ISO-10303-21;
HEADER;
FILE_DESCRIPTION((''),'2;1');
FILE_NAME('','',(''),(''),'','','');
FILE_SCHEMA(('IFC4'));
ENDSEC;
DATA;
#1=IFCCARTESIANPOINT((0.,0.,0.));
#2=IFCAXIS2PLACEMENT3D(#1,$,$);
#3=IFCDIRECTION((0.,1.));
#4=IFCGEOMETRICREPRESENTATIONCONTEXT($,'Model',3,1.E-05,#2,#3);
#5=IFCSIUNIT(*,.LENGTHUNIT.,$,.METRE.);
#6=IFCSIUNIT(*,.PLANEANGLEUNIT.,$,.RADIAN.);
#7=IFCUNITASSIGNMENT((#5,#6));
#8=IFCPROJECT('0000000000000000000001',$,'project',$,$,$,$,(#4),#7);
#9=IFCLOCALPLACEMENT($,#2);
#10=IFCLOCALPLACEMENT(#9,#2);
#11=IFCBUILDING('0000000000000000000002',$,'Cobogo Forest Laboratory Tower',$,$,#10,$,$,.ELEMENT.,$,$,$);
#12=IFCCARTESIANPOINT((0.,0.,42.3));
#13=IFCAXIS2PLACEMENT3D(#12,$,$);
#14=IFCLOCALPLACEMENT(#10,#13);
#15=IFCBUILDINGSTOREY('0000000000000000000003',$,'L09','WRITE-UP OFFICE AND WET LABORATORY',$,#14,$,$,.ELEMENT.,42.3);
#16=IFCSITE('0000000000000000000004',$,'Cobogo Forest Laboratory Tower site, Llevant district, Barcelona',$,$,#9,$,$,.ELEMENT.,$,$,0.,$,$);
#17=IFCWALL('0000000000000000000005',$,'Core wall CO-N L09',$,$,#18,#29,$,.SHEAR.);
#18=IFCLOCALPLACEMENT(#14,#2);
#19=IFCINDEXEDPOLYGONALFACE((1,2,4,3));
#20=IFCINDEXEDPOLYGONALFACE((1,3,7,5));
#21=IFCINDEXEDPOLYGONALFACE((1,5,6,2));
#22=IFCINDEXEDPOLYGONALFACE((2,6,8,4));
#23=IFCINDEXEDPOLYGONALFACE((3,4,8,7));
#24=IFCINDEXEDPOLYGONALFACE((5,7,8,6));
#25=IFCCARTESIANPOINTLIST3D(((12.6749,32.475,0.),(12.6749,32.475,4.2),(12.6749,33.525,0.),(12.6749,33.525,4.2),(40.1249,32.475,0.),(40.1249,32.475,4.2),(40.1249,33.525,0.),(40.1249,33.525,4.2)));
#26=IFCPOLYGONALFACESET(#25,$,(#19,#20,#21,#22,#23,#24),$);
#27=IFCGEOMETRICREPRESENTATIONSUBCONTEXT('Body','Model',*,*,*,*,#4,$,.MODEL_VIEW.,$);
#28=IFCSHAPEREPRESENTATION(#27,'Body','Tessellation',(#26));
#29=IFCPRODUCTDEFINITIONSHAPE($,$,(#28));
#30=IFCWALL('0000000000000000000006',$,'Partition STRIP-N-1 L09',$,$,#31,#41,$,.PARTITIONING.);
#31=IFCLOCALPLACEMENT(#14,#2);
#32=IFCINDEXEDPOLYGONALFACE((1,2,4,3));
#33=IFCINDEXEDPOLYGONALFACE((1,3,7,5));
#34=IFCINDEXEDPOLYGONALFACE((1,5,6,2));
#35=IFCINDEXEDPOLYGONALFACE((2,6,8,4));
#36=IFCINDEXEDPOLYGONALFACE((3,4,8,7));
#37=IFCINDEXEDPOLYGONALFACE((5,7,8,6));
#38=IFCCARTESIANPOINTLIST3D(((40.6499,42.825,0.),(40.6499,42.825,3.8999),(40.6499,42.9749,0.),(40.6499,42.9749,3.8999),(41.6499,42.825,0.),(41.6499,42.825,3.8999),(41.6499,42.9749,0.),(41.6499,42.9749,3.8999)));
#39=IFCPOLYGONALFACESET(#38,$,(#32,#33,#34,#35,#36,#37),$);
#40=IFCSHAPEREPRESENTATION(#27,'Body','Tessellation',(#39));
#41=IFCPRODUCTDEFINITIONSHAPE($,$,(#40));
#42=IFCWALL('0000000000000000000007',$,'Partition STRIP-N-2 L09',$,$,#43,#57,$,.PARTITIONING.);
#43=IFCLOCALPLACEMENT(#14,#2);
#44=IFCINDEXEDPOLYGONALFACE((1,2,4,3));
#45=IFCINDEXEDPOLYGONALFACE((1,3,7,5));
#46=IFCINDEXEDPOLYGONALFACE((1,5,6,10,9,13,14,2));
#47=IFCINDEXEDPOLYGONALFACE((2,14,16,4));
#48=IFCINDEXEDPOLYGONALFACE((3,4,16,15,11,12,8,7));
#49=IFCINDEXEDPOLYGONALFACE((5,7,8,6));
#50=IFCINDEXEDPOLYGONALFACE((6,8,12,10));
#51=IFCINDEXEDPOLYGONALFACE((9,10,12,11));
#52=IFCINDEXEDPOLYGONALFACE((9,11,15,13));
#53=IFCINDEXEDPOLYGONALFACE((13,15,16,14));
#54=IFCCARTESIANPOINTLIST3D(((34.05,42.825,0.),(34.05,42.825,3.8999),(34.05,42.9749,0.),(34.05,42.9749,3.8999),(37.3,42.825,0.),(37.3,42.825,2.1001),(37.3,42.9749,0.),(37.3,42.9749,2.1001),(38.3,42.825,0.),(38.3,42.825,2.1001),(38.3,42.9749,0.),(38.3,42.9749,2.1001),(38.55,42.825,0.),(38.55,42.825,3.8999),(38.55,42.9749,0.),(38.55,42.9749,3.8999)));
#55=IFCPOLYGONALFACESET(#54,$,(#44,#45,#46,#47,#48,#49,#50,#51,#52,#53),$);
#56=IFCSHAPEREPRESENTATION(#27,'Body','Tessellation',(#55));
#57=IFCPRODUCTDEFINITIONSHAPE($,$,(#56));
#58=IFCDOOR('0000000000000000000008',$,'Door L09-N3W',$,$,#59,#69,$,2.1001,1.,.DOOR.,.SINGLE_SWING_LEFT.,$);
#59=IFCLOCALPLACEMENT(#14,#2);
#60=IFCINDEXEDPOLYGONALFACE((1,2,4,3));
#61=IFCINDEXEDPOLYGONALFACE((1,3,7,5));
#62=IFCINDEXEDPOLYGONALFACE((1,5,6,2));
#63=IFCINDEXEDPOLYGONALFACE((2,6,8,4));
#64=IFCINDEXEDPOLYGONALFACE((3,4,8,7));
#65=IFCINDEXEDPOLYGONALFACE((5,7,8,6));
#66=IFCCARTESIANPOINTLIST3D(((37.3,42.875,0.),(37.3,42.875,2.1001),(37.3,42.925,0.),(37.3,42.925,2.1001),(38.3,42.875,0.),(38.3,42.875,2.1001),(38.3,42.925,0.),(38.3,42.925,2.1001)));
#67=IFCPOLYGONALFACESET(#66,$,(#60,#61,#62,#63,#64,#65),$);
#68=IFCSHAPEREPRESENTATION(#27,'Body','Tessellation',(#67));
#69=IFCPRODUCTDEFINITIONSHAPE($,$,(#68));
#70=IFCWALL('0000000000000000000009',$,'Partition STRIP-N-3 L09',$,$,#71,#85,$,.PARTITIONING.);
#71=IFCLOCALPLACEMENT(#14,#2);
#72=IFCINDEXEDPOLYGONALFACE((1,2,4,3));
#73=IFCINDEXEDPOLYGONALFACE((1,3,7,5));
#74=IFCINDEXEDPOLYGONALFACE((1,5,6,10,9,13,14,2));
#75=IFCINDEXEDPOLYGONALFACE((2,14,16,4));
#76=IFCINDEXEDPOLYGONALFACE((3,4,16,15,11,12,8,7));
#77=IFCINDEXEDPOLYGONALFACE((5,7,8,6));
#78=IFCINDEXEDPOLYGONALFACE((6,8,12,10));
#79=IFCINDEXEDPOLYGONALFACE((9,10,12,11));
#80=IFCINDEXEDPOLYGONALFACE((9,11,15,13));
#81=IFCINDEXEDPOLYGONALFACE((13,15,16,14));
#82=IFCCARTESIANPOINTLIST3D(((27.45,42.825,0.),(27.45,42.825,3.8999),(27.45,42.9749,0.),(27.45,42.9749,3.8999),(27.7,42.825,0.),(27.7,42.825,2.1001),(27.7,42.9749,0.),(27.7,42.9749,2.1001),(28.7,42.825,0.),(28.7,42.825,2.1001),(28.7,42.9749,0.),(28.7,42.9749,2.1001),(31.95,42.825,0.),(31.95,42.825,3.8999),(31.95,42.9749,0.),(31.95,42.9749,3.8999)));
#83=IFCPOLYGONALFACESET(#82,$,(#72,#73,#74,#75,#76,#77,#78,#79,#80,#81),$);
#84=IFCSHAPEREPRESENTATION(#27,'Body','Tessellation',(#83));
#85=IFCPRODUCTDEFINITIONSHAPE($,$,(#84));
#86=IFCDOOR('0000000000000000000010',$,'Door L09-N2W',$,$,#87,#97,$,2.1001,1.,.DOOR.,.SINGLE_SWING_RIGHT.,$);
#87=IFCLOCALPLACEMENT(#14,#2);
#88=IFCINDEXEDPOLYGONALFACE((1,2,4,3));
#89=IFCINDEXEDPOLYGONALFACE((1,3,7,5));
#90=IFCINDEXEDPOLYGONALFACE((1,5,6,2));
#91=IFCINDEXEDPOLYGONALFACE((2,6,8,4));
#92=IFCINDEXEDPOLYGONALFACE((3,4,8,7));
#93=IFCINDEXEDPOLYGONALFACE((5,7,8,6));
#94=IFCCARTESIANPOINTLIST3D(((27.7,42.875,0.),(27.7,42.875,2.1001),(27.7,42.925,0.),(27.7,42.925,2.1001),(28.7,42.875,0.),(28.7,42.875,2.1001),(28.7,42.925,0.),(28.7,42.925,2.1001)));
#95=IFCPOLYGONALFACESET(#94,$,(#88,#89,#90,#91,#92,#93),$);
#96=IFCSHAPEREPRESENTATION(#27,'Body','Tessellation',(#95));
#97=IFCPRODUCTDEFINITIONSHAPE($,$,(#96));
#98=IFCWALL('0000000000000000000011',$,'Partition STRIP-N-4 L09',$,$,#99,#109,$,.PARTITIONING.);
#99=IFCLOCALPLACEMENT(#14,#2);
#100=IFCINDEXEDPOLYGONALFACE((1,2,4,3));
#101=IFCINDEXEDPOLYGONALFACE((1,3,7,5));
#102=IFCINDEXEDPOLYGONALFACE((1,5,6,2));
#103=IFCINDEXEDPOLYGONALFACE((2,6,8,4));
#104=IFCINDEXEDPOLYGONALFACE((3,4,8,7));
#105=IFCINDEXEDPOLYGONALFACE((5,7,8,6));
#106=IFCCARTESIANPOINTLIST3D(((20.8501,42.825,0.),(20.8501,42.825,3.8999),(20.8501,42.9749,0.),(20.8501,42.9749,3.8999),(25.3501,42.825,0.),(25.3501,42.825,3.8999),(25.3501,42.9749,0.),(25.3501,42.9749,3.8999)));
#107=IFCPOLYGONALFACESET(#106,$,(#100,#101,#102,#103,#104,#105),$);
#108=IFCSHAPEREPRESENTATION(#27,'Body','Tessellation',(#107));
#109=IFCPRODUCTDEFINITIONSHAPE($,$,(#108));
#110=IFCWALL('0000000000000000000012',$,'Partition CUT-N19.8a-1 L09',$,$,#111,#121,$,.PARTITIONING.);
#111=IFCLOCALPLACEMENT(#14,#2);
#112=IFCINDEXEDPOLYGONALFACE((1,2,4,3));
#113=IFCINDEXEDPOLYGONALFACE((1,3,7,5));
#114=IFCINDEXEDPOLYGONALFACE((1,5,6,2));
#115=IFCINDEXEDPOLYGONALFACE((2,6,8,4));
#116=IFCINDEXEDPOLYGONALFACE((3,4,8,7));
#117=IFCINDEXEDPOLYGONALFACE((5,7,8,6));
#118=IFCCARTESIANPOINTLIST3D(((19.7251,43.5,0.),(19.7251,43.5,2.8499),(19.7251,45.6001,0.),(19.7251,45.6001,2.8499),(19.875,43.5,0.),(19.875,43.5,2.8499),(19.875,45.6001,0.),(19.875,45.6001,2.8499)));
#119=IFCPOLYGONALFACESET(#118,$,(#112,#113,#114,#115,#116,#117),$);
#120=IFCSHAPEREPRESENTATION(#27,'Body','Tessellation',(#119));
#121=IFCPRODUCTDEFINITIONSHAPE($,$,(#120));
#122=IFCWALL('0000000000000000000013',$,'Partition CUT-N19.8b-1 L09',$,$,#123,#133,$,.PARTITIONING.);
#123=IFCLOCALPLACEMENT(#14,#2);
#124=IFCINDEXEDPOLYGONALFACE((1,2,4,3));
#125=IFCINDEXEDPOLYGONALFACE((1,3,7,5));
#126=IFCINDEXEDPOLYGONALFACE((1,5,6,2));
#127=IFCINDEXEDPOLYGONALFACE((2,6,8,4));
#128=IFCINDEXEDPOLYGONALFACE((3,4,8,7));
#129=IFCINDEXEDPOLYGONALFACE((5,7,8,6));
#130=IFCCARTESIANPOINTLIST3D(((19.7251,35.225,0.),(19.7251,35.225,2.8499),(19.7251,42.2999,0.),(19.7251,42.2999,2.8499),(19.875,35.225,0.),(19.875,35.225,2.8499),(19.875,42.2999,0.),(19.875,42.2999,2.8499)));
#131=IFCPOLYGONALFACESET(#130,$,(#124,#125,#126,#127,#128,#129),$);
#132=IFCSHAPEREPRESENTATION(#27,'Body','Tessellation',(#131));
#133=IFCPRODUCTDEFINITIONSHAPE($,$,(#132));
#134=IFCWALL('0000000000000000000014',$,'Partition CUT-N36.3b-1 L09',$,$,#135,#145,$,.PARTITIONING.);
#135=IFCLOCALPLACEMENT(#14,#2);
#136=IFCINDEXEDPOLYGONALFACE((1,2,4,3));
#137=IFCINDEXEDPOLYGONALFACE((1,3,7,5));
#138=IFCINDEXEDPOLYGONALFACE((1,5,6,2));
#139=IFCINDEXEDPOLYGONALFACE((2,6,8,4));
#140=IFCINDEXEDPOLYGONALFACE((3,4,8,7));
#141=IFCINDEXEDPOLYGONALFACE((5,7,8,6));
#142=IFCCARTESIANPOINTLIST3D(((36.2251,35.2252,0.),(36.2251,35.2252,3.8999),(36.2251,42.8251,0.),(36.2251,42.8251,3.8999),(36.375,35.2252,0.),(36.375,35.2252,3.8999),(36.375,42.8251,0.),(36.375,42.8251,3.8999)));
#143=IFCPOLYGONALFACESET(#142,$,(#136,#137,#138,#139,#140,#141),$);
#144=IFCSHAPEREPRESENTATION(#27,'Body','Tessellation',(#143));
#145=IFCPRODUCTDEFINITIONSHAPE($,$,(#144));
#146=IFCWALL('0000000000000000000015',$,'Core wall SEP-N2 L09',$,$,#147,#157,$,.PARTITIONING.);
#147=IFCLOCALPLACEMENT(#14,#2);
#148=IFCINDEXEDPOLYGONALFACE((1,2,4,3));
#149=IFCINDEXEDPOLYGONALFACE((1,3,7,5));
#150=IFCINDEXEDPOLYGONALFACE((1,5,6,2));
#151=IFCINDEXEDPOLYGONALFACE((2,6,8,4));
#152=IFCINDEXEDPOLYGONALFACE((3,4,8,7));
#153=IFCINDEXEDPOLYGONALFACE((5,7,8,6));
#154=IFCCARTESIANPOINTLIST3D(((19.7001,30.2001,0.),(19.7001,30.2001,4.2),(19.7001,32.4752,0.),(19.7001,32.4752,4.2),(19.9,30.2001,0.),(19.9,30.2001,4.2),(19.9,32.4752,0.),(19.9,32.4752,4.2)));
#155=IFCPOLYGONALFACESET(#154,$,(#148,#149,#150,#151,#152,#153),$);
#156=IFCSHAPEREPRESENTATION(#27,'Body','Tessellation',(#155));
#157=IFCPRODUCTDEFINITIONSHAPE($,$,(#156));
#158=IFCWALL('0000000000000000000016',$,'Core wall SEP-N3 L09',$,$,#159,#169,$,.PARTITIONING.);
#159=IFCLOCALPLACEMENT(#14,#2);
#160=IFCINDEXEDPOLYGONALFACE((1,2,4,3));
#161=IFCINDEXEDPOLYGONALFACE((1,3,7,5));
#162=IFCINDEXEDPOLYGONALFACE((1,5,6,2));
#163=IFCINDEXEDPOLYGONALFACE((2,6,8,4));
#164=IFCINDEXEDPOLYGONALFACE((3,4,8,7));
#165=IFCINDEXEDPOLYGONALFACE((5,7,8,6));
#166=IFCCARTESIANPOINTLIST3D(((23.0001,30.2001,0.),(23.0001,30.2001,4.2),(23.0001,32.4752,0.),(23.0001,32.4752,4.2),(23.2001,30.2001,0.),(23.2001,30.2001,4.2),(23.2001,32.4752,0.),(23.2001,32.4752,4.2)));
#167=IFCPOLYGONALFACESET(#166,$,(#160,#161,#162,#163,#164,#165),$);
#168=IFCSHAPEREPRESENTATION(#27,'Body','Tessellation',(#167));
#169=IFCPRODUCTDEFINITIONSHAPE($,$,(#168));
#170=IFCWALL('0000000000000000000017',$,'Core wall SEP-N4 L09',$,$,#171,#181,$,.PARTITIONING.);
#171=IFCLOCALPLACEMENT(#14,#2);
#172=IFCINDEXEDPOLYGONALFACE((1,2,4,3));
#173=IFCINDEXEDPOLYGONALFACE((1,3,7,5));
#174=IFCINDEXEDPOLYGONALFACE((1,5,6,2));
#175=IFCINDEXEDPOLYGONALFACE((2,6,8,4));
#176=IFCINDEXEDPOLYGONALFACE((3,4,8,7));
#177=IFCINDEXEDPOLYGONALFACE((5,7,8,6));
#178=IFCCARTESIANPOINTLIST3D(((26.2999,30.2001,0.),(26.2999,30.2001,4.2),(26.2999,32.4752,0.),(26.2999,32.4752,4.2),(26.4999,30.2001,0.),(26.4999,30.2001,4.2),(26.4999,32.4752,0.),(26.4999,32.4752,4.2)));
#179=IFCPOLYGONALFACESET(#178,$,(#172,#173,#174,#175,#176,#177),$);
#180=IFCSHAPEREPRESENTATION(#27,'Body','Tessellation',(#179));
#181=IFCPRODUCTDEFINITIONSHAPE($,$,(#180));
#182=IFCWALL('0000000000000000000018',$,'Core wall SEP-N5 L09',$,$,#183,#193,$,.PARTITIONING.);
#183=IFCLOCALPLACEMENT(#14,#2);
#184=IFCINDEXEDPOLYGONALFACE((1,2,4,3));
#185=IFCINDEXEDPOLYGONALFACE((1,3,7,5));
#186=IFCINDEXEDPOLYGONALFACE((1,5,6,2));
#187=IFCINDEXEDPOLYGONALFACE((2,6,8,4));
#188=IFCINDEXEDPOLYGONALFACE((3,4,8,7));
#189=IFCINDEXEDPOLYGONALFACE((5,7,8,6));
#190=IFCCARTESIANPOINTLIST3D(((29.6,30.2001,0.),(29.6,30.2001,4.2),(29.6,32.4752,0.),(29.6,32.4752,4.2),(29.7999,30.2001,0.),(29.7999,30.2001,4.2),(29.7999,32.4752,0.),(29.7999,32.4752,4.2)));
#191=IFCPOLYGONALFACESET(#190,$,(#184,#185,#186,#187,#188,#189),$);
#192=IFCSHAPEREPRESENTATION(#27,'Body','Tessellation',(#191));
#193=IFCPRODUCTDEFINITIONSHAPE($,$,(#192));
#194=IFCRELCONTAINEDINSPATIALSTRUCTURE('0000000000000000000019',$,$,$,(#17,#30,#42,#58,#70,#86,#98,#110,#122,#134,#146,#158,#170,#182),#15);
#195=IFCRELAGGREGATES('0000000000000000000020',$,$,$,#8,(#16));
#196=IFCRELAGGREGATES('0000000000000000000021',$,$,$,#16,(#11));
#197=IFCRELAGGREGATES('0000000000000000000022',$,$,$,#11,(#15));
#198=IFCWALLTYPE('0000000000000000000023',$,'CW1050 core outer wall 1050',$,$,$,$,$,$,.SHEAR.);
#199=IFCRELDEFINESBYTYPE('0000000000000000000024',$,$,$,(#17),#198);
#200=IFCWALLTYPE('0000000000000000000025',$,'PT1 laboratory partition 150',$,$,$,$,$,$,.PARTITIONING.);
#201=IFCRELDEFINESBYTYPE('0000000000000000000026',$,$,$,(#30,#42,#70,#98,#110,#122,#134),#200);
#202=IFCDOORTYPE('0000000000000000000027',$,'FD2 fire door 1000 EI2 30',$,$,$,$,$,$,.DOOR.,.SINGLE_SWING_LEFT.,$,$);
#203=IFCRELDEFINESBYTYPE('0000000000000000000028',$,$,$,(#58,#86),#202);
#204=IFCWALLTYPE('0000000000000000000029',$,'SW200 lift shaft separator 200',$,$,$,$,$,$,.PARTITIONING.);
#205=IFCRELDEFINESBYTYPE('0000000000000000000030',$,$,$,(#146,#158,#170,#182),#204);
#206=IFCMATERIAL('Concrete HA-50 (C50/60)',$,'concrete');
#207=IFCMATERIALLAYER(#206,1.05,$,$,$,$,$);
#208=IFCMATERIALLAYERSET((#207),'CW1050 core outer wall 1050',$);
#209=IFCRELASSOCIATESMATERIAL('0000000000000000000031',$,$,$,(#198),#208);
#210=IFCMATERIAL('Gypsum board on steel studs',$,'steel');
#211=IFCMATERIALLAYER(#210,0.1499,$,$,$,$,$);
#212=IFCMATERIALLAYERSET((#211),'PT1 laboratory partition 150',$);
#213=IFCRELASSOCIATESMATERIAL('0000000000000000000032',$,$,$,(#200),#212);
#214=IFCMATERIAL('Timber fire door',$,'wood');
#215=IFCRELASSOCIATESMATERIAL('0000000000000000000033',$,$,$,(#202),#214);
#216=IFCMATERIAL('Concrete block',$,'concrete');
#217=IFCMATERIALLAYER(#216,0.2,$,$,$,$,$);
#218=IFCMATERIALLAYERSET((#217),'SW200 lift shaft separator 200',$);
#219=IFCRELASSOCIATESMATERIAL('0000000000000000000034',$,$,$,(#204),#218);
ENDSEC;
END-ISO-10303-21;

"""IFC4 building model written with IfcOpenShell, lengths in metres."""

from ifc_helpers import new_model, si_unit, direction, frame, frame_2d, origin, place, context, subcontext, project, spatial, rectangle, extrude, material, layer, layer_set, type_object, element, fill, save


model = new_model("IFC4")

# Units and contexts
model_context = context("Model", 3, precision=1e-05, world=origin(), true_north=direction((0.0, 1.0)))
body_context = subcontext(model_context, "Body", "Model", "MODEL_VIEW")
ifc_project = project(units=[si_unit("LENGTHUNIT", "METRE"), si_unit("PLANEANGLEUNIT", "RADIAN")], contexts=[model_context])

# Site, building, storey
site_placement = place(None, origin())
site = spatial("IfcSite", under=ifc_project, at=site_placement, Name="Cobogo Forest Laboratory Tower site, Llevant district, Barcelona", CompositionType="ELEMENT", RefElevation=0.0)
building_placement = place(site_placement, origin())
building = spatial("IfcBuilding", under=site, at=building_placement, Name="Cobogo Forest Laboratory Tower", CompositionType="ELEMENT")
storey_placement = place(building_placement, frame((0.0, 0.0, 42.3)))
storey = spatial("IfcBuildingStorey", under=building, at=storey_placement, Name="L09", Description="WRITE-UP OFFICE AND WET LABORATORY", CompositionType="ELEMENT", Elevation=42.3)

# Shared definitions
ifc_material_1 = material(Name="Concrete HA-50 (C50/60)", Category="concrete")

# Walls
ifc_layer_1 = layer(ifc_material_1, 1.05)
ifc_layer_set_1 = layer_set([ifc_layer_1], Name="CW1050 core outer wall 1050")
wall_type_1 = type_object("IfcWallType", Name="CW1050 core outer wall 1050", PredefinedType="SHEAR", material=ifc_layer_set_1)
wall_1_placement = place(storey_placement, frame((40.125, 33.0, 0.0), z_axis=(0.0, 0.0, 1.0), x_axis=(-1.0, 0.0, 0.0)))
element("IfcWall", 1, at=wall_1_placement, inside=storey, type_object=wall_type_1, Name="Core wall CO-N L09", PredefinedType="SHEAR", context=body_context, shape_type="SweptSolid", body=[
    extrude(rectangle(XDim=27.45, YDim=1.05, at=frame_2d((13.7251, 0.0))), origin(), (0.0, 0.0, 1.0), 4.2),
])
ifc_material_2 = material(Name="Gypsum board on steel studs", Category="steel")
ifc_layer_2 = layer(ifc_material_2, 0.1499)
ifc_layer_set_2 = layer_set([ifc_layer_2], Name="PT1 laboratory partition 150")
wall_type_2 = type_object("IfcWallType", Name="PT1 laboratory partition 150", PredefinedType="PARTITIONING", material=ifc_layer_set_2)
wall_2_placement = place(storey_placement, frame((41.6499, 42.8999, 0.0), z_axis=(0.0, 0.0, 1.0), x_axis=(-1.0, 0.0, 0.0)))
element("IfcWall", 2, at=wall_2_placement, inside=storey, type_object=wall_type_2, Name="Partition STRIP-N-1 L09", PredefinedType="PARTITIONING", context=body_context, shape_type="SweptSolid", body=[
    extrude(rectangle(XDim=1.0, YDim=0.1499, at=frame_2d((0.5, 0.0))), origin(), (0.0, 0.0, 1.0), 3.8999),
])

# Walls, openings, doors
wall_3_placement = place(storey_placement, frame((38.55, 42.8999, 0.0), z_axis=(0.0, 0.0, 1.0), x_axis=(-1.0, 0.0, 0.0)))
wall_3 = element("IfcWall", 3, at=wall_3_placement, inside=storey, type_object=wall_type_2, Name="Partition STRIP-N-2 L09", PredefinedType="PARTITIONING", context=body_context, shape_type="SweptSolid", body=[
    extrude(rectangle(XDim=4.5, YDim=0.1499, at=frame_2d((2.25, 0.0))), origin(), (0.0, 0.0, 1.0), 3.8999),
])
opening_1_placement = place(wall_3_placement, frame((0.25, 0.0, 0.0)))
opening_1 = element("IfcOpeningElement", 4, at=opening_1_placement, cuts=wall_3, PredefinedType="OPENING", context=body_context, shape_type="SweptSolid", body=[
    extrude(rectangle(XDim=1.0, YDim=2.1001, at=frame_2d((0.5, 1.05))), frame((0.0, 0.085, 0.0), z_axis=(0.0, -1.0, 0.0), x_axis=(1.0, 0.0, 0.0)), (0.0, 0.0, 1.0), 0.1699),
])
ifc_material_3 = material(Name="Timber fire door", Category="wood")
door_type = type_object("IfcDoorType", Name="FD2 fire door 1000 EI2 30", OperationType="SINGLE_SWING_LEFT", PredefinedType="DOOR", material=ifc_material_3)
door_1_placement = place(opening_1_placement, origin())
door_1 = element("IfcDoor", 5, at=door_1_placement, inside=storey, type_object=door_type, Name="Door L09-N3W", OperationType="SINGLE_SWING_LEFT", OverallHeight=2.1001, OverallWidth=1.0, PredefinedType="DOOR", context=body_context, shape_type="SweptSolid", body=[
    extrude(rectangle(XDim=1.0, YDim=2.1001, at=frame_2d((0.5, 1.05))), frame((0.0, 0.0249, 0.0), z_axis=(0.0, -1.0, 0.0), x_axis=(1.0, 0.0, 0.0)), (0.0, 0.0, 1.0), 0.05),
])
fill(opening_1, door_1)
wall_4_placement = place(storey_placement, frame((31.95, 42.8999, 0.0), z_axis=(0.0, 0.0, 1.0), x_axis=(-1.0, 0.0, 0.0)))
wall_4 = element("IfcWall", 6, at=wall_4_placement, inside=storey, type_object=wall_type_2, Name="Partition STRIP-N-3 L09", PredefinedType="PARTITIONING", context=body_context, shape_type="SweptSolid", body=[
    extrude(rectangle(XDim=4.5, YDim=0.1499, at=frame_2d((2.25, 0.0))), origin(), (0.0, 0.0, 1.0), 3.8999),
])
opening_2_placement = place(wall_4_placement, frame((3.25, 0.0, 0.0)))
opening_2 = element("IfcOpeningElement", 7, at=opening_2_placement, cuts=wall_4, PredefinedType="OPENING", context=body_context, shape_type="SweptSolid", body=[
    extrude(rectangle(XDim=1.0, YDim=2.1001, at=frame_2d((0.5, 1.05))), frame((0.0, 0.085, 0.0), z_axis=(0.0, -1.0, 0.0), x_axis=(1.0, 0.0, 0.0)), (0.0, 0.0, 1.0), 0.1699),
])
door_2_placement = place(opening_2_placement, origin())
door_2 = element("IfcDoor", 8, at=door_2_placement, inside=storey, type_object=door_type, Name="Door L09-N2W", OperationType="SINGLE_SWING_RIGHT", OverallHeight=2.1001, OverallWidth=1.0, PredefinedType="DOOR", context=body_context, shape_type="SweptSolid", body=[
    extrude(rectangle(XDim=1.0, YDim=2.1001, at=frame_2d((0.5, 1.05))), frame((0.0, 0.0249, 0.0), z_axis=(0.0, -1.0, 0.0), x_axis=(1.0, 0.0, 0.0)), (0.0, 0.0, 1.0), 0.05),
])
fill(opening_2, door_2)

# Walls
wall_5_placement = place(storey_placement, frame((25.3501, 42.8999, 0.0), z_axis=(0.0, 0.0, 1.0), x_axis=(-1.0, 0.0, 0.0)))
element("IfcWall", 9, at=wall_5_placement, inside=storey, type_object=wall_type_2, Name="Partition STRIP-N-4 L09", PredefinedType="PARTITIONING", context=body_context, shape_type="SweptSolid", body=[
    extrude(rectangle(XDim=4.5, YDim=0.1499, at=frame_2d((2.25, 0.0))), origin(), (0.0, 0.0, 1.0), 3.8999),
])
wall_6_placement = place(storey_placement, frame((19.8, 45.6001, 0.0), z_axis=(0.0, 0.0, 1.0), x_axis=(0.0, -1.0, 0.0)))
element("IfcWall", 10, at=wall_6_placement, inside=storey, type_object=wall_type_2, Name="Partition CUT-N19.8a-1 L09", PredefinedType="PARTITIONING", context=body_context, shape_type="SweptSolid", body=[
    extrude(rectangle(XDim=2.1001, YDim=0.1499, at=frame_2d((1.05, 0.0))), origin(), (0.0, 0.0, 1.0), 2.8499),
])
wall_7_placement = place(storey_placement, frame((19.8, 42.3, 0.0), z_axis=(0.0, 0.0, 1.0), x_axis=(0.0, -1.0, 0.0)))
element("IfcWall", 11, at=wall_7_placement, inside=storey, type_object=wall_type_2, Name="Partition CUT-N19.8b-1 L09", PredefinedType="PARTITIONING", context=body_context, shape_type="SweptSolid", body=[
    extrude(rectangle(XDim=7.075, YDim=0.1499, at=frame_2d((3.5376, 0.0))), origin(), (0.0, 0.0, 1.0), 2.8499),
])
wall_8_placement = place(storey_placement, frame((36.3, 42.825, 0.0), z_axis=(0.0, 0.0, 1.0), x_axis=(0.0, -1.0, 0.0)))
element("IfcWall", 12, at=wall_8_placement, inside=storey, type_object=wall_type_2, Name="Partition CUT-N36.3b-1 L09", PredefinedType="PARTITIONING", context=body_context, shape_type="SweptSolid", body=[
    extrude(rectangle(XDim=7.5999, YDim=0.1499, at=frame_2d((3.7998, 0.0))), origin(), (0.0, 0.0, 1.0), 3.8999),
])
ifc_material_4 = material(Name="Concrete block", Category="concrete")
ifc_layer_3 = layer(ifc_material_4, 0.2)
ifc_layer_set_3 = layer_set([ifc_layer_3], Name="SW200 lift shaft separator 200")
wall_type_3 = type_object("IfcWallType", Name="SW200 lift shaft separator 200", PredefinedType="PARTITIONING", material=ifc_layer_set_3)
for number, where, z_axis, x_axis, name in (
    (13, (19.8, 30.2, 0.0), (0.0, 0.0, 1.0), (0.0, 1.0, 0.0), "Core wall SEP-N2 L09"),
    (14, (23.1001, 30.2, 0.0), (0.0, 0.0, 1.0), (0.0, 1.0, 0.0), "Core wall SEP-N3 L09"),
    (15, (26.3999, 30.2, 0.0), (0.0, 0.0, 1.0), (0.0, 1.0, 0.0), "Core wall SEP-N4 L09"),
    (16, (29.7, 30.2, 0.0), (0.0, 0.0, 1.0), (0.0, 1.0, 0.0), "Core wall SEP-N5 L09"),
):
    element("IfcWall", number, at=place(storey_placement, frame(where, z_axis=z_axis, x_axis=x_axis)), inside=storey, type_object=wall_type_3, Name=name, PredefinedType="PARTITIONING", context=body_context, shape_type="SweptSolid", body=[
        extrude(rectangle(XDim=2.2751, YDim=0.2, at=frame_2d((1.1377, 0.0))), origin(), (0.0, 0.0, 1.0), 4.2),
    ])

save(model, "model.ifc")
